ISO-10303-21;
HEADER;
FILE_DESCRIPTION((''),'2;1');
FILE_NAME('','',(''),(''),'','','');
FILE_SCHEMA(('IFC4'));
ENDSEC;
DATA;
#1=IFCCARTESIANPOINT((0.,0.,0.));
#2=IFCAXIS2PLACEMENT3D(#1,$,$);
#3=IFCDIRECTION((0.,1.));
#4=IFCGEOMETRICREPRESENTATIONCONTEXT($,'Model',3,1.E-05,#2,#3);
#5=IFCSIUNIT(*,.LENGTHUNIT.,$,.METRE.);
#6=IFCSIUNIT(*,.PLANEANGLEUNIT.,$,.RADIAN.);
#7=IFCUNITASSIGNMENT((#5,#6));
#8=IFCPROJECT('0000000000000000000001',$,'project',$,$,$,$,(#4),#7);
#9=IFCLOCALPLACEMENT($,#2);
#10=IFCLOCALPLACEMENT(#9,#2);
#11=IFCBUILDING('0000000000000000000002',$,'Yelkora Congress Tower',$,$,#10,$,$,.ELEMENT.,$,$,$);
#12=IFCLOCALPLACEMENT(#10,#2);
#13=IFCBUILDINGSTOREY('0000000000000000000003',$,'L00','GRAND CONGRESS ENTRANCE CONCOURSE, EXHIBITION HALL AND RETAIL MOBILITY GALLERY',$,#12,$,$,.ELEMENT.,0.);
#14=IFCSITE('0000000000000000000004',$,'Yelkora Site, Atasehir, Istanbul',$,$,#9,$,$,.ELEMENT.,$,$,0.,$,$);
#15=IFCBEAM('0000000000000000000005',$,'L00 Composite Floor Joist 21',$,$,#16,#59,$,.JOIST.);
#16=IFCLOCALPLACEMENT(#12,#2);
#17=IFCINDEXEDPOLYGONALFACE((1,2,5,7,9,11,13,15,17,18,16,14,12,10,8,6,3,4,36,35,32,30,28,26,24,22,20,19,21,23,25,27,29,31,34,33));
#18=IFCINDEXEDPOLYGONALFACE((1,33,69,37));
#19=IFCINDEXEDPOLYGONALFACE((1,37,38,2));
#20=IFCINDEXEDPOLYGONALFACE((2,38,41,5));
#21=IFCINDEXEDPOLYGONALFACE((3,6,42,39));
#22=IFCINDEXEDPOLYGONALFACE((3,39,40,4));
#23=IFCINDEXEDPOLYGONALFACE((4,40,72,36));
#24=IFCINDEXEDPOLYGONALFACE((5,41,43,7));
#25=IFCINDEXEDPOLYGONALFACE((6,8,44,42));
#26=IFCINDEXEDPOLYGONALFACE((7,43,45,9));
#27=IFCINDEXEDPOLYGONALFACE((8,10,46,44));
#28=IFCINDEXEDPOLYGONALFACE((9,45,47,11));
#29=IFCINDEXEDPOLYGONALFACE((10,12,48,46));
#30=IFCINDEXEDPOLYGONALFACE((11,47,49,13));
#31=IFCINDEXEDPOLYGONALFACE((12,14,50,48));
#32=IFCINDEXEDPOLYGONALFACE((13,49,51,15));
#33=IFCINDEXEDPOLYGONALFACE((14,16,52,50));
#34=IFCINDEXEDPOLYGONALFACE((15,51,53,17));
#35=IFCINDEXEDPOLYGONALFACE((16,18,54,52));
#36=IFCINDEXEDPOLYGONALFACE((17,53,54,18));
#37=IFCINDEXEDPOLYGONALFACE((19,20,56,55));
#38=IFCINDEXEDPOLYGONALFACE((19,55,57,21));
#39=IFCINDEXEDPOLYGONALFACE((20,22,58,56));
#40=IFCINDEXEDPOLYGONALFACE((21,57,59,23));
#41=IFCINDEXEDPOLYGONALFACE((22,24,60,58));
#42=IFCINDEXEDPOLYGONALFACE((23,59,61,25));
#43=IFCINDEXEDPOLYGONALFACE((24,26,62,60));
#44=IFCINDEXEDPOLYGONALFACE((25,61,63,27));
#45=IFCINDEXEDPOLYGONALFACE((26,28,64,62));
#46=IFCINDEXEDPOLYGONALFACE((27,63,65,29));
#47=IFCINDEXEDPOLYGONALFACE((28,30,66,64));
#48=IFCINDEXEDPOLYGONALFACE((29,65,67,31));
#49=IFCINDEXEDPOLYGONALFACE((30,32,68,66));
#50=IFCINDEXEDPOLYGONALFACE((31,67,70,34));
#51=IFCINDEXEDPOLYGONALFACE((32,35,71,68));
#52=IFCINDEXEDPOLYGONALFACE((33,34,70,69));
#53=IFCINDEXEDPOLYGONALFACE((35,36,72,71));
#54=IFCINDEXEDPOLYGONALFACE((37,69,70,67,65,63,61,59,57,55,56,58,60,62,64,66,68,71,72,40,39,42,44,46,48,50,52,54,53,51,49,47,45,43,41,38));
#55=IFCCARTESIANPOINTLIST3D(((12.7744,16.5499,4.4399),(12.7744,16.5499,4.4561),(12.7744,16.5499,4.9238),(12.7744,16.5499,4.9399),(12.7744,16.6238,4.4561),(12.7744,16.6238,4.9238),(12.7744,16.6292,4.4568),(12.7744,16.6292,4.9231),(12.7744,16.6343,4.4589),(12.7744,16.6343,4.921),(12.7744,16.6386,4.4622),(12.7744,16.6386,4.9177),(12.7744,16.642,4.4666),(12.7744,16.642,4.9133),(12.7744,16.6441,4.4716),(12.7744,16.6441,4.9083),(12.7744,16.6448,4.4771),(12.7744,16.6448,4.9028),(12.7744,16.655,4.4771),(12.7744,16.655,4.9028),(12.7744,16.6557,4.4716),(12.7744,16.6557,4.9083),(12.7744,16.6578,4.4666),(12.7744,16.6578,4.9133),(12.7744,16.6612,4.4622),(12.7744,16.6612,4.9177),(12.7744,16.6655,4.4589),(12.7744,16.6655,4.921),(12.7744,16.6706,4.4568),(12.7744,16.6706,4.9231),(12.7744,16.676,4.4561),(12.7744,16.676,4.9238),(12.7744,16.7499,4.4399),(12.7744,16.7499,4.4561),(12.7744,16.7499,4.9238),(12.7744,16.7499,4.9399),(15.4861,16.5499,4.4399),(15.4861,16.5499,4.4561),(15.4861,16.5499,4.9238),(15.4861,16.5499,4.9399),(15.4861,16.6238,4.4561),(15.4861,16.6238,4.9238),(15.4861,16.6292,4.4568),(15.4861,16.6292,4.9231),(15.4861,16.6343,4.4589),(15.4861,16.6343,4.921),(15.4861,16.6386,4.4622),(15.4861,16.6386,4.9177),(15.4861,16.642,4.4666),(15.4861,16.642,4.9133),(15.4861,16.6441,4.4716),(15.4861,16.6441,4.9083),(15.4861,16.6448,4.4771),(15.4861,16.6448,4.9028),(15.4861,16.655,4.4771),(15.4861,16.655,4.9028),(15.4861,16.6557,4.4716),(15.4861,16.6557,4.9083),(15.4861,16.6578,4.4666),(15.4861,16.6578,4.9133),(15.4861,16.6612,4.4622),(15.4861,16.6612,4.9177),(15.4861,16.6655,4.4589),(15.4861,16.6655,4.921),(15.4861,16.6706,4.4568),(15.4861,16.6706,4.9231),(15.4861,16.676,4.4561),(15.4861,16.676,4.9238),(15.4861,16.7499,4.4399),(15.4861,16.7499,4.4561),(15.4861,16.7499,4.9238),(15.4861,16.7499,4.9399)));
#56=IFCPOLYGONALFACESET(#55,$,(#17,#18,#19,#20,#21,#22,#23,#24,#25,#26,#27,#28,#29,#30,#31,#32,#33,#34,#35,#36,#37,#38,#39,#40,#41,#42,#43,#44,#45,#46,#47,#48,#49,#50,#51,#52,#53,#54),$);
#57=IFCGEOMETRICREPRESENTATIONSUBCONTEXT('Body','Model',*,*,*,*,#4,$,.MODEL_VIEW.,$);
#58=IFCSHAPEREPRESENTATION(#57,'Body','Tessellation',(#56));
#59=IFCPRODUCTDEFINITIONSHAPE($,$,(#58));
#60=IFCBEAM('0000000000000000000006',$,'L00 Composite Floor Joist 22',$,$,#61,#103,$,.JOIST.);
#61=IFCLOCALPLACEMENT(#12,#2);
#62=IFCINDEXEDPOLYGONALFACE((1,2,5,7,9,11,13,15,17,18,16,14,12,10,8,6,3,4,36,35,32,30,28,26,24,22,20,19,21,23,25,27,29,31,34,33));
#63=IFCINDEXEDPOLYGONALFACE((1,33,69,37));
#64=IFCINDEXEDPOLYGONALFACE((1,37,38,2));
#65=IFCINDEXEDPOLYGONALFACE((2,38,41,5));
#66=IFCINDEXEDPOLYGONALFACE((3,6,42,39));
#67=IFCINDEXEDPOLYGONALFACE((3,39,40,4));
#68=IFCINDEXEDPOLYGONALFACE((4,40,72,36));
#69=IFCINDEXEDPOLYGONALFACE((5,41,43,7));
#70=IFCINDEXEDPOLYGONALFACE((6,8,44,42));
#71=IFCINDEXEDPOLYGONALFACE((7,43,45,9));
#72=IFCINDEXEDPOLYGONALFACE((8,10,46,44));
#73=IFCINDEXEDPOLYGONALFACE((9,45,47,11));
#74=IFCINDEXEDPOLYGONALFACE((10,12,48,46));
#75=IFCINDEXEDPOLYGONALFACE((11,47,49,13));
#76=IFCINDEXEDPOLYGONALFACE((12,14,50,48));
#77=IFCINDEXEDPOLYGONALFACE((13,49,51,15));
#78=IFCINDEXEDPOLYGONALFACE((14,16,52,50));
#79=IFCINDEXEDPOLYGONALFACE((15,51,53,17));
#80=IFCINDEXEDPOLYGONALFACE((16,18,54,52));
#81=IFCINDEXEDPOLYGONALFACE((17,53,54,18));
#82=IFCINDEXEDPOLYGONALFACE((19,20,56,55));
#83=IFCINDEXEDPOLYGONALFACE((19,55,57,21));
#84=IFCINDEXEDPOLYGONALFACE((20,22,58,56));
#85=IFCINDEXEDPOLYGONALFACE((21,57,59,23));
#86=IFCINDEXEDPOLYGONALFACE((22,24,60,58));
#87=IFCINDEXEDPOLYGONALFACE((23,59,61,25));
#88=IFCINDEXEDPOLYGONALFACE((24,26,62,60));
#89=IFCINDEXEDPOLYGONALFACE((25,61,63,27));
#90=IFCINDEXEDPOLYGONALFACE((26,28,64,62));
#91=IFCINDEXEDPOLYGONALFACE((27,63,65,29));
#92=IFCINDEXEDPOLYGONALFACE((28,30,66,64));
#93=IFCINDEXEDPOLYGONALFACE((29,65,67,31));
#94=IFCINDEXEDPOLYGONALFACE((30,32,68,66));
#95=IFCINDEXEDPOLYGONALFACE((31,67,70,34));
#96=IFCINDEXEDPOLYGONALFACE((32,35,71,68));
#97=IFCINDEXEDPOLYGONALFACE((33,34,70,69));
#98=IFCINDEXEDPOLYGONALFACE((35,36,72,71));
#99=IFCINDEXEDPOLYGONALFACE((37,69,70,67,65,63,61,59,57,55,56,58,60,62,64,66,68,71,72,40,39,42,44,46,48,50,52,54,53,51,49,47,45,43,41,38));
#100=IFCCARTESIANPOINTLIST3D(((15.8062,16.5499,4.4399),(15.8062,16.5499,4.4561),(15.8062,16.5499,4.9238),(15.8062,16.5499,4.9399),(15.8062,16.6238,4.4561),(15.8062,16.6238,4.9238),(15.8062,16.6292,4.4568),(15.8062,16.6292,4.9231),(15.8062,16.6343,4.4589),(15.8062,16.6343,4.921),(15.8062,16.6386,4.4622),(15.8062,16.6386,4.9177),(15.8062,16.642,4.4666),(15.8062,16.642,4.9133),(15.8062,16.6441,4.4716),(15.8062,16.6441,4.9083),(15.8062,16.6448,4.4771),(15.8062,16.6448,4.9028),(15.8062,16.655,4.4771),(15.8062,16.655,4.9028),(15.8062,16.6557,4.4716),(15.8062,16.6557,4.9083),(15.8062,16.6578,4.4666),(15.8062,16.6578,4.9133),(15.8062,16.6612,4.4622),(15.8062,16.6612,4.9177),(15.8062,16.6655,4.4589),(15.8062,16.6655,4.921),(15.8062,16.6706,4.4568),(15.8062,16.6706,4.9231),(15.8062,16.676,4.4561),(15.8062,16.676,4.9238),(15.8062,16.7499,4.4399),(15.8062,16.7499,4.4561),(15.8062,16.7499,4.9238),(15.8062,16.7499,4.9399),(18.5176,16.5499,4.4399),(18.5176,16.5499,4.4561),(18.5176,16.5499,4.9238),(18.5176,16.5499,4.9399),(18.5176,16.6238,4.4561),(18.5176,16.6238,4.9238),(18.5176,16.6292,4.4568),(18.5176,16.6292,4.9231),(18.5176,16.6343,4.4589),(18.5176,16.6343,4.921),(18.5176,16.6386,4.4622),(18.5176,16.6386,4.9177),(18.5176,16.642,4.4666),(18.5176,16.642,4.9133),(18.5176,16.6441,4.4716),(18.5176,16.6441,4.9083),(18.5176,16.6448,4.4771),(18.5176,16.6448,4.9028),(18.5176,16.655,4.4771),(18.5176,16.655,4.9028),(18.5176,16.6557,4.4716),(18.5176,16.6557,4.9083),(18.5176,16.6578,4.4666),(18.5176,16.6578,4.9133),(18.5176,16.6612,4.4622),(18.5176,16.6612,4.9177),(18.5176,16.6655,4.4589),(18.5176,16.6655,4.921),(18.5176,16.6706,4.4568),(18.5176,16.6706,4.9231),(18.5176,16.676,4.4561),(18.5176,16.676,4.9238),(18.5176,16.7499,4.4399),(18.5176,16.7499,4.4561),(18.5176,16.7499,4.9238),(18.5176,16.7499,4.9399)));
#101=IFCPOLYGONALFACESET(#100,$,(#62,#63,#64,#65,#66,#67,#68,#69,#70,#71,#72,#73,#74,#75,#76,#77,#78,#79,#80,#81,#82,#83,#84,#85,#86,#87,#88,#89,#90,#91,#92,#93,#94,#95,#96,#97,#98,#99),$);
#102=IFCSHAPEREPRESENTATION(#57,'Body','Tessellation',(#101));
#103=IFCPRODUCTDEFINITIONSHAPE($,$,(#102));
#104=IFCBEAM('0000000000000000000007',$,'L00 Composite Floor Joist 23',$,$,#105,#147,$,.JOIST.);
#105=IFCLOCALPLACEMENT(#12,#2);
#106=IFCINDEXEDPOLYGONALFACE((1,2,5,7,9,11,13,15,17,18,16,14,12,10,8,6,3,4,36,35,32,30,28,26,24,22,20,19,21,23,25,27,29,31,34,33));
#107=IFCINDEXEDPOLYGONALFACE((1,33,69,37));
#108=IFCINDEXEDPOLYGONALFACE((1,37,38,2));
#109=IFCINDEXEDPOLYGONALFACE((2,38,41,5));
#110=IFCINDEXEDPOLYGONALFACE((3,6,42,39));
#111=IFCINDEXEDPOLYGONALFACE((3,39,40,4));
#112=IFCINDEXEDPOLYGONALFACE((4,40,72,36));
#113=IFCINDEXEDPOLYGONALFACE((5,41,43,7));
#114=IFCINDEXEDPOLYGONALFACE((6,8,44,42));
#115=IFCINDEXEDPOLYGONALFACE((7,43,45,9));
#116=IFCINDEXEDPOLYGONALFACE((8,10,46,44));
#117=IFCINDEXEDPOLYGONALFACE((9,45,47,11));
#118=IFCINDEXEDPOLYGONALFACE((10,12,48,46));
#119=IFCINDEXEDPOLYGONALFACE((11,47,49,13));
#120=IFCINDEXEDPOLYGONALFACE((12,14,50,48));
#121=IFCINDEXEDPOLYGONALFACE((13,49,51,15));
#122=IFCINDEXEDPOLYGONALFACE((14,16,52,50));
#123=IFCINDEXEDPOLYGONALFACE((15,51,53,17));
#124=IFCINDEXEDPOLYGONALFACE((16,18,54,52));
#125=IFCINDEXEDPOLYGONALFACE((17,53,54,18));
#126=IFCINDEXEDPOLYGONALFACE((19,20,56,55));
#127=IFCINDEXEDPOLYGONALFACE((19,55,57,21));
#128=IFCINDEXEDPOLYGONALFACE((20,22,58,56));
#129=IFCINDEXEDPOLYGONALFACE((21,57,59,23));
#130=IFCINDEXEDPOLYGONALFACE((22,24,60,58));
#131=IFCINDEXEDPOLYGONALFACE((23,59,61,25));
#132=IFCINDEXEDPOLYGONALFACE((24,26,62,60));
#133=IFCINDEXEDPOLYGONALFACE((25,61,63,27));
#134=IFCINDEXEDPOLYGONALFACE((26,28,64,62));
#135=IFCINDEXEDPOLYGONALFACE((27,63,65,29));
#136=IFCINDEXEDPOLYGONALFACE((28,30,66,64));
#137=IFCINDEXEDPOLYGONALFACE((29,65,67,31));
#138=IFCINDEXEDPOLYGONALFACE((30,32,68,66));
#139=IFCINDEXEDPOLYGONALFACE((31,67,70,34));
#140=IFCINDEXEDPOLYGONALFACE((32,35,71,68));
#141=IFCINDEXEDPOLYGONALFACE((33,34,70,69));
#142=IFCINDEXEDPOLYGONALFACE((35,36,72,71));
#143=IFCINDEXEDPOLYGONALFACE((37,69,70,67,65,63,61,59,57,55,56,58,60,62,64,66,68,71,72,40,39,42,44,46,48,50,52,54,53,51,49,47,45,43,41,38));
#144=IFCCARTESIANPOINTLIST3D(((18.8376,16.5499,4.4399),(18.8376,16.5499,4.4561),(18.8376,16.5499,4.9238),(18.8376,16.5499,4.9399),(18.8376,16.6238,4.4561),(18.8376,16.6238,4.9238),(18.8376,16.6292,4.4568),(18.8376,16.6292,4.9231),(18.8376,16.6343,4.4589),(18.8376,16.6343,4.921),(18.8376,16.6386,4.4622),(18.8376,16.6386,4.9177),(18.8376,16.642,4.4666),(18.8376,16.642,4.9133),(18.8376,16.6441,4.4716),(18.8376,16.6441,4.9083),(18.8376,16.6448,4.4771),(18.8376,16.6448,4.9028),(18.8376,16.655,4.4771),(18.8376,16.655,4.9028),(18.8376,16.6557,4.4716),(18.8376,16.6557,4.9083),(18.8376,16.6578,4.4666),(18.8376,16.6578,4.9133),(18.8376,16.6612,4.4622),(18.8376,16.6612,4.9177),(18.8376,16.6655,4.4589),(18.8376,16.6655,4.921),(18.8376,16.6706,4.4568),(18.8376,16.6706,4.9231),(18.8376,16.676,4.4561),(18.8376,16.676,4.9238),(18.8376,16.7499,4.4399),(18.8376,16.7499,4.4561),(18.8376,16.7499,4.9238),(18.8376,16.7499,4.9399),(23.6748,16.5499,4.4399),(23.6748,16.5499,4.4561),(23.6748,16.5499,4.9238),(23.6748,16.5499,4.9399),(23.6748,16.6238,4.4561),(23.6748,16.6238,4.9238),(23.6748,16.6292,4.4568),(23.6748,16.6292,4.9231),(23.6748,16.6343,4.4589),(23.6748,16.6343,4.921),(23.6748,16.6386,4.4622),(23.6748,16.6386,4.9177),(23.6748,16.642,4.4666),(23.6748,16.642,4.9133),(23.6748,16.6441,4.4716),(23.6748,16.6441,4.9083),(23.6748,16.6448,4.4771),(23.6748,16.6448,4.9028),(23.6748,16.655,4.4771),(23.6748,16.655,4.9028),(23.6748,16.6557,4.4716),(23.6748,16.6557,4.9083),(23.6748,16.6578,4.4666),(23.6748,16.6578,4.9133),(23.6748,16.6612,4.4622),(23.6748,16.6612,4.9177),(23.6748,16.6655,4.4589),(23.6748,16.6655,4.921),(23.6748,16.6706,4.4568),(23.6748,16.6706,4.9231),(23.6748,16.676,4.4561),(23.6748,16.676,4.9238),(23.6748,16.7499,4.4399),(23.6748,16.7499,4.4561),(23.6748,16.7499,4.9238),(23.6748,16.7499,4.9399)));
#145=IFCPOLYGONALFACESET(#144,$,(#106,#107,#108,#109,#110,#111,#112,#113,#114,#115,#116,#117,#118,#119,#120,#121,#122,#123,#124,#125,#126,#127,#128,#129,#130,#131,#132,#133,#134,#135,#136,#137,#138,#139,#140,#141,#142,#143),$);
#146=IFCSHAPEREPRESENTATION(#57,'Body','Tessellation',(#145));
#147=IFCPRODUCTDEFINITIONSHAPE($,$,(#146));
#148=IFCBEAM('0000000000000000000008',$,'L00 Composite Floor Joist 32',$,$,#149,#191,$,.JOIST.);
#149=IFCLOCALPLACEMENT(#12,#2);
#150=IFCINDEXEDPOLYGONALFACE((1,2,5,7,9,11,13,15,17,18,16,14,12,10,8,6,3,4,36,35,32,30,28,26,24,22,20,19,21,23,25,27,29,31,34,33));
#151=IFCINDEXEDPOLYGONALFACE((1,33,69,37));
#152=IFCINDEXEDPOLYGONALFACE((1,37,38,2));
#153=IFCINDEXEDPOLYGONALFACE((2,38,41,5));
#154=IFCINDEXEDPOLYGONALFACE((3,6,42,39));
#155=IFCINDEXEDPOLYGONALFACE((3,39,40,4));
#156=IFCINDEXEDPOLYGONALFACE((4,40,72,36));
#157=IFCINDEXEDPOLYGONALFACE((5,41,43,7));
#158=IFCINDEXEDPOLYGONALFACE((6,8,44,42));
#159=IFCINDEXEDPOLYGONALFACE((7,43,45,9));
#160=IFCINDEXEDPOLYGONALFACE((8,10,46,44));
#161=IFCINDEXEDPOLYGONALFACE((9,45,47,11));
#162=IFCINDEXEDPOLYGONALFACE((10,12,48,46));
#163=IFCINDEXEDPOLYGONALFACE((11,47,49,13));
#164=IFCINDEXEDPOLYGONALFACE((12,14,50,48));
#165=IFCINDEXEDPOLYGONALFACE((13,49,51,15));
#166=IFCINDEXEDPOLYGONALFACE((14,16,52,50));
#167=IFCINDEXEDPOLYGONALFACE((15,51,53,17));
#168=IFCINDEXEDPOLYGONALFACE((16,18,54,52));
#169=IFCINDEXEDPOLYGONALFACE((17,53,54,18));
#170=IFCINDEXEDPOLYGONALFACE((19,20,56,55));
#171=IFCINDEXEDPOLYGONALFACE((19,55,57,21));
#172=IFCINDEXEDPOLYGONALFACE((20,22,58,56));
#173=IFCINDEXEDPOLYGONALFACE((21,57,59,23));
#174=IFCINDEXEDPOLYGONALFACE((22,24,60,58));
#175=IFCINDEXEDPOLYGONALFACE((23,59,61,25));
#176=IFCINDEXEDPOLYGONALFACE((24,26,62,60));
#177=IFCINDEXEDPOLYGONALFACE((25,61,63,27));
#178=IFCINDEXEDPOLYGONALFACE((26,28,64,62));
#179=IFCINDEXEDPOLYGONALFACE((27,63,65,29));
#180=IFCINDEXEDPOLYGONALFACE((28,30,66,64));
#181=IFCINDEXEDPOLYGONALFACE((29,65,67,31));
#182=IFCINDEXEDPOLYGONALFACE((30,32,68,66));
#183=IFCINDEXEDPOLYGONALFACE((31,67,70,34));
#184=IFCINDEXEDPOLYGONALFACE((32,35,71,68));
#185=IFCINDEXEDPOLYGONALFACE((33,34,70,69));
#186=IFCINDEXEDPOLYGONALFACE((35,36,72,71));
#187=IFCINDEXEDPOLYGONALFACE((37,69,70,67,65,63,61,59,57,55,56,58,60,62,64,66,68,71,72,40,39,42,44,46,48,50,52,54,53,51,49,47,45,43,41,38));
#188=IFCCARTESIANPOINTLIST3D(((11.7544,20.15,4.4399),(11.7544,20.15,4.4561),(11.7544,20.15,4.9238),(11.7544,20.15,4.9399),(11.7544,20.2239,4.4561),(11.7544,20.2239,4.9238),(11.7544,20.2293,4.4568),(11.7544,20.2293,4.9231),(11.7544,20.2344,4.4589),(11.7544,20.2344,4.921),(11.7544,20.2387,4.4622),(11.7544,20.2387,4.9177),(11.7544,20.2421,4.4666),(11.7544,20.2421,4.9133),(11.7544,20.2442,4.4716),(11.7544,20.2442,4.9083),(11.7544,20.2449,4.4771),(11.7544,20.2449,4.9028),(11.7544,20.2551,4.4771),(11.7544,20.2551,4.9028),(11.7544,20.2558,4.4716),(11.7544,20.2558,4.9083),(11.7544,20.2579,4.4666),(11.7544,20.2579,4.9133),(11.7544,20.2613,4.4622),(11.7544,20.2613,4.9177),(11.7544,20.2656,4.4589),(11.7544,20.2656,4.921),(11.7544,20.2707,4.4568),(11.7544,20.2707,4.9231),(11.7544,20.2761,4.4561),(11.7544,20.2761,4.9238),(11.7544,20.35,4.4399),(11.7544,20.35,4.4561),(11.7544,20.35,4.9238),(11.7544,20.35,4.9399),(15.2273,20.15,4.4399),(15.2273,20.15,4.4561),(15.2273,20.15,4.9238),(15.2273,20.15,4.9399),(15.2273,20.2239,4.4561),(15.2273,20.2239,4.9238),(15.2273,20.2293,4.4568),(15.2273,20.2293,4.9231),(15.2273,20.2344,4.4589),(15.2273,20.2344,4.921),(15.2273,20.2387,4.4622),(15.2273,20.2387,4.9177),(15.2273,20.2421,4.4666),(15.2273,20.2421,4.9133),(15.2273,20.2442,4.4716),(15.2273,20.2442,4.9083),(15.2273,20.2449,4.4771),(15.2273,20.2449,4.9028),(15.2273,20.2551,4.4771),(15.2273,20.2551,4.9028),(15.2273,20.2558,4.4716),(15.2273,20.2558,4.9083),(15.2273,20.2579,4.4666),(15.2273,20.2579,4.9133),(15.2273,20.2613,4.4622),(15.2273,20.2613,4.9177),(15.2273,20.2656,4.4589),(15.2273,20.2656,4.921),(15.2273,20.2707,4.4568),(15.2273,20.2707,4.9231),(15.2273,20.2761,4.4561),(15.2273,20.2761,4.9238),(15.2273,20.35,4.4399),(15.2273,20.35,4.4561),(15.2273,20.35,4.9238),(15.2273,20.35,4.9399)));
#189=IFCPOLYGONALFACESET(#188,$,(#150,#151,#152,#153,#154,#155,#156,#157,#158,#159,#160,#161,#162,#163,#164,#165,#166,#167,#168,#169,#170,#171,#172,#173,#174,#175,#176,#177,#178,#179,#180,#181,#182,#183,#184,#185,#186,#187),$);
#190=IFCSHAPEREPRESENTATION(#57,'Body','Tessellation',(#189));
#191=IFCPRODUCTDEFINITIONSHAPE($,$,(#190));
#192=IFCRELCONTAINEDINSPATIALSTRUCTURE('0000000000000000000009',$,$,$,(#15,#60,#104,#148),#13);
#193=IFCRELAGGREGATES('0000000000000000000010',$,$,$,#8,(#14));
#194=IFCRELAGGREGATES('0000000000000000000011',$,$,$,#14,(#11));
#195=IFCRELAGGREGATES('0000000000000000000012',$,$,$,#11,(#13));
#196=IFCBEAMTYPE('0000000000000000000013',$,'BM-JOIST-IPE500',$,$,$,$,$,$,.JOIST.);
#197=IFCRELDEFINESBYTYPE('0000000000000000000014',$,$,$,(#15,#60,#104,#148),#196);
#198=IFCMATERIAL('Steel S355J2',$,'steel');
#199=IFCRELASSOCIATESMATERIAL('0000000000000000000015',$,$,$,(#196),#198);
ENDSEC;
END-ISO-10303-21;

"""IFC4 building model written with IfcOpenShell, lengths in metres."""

from ifc_helpers import new_model, si_unit, direction, frame, origin, origin_2d, place, context, subcontext, project, spatial, i_section, extrude, material, material_profile, profile_set, type_object, element, save


model = new_model("IFC4")

# Units and contexts
model_context = context("Model", 3, precision=1e-05, world=origin(), true_north=direction((0.0, 1.0)))
body_context = subcontext(model_context, "Body", "Model", "MODEL_VIEW")
ifc_project = project(units=[si_unit("LENGTHUNIT", "METRE"), si_unit("PLANEANGLEUNIT", "RADIAN")], contexts=[model_context])

# Site, building, storey
site_placement = place(None, origin())
site = spatial("IfcSite", under=ifc_project, at=site_placement, Name="Yelkora Site, Atasehir, Istanbul", CompositionType="ELEMENT", RefElevation=0.0)
building_placement = place(site_placement, origin())
building = spatial("IfcBuilding", under=site, at=building_placement, Name="Yelkora Congress Tower", CompositionType="ELEMENT")
storey_placement = place(building_placement, origin())
storey = spatial("IfcBuildingStorey", under=building, at=storey_placement, Name="L00", Description="GRAND CONGRESS ENTRANCE CONCOURSE, EXHIBITION HALL AND RETAIL MOBILITY GALLERY", CompositionType="ELEMENT", Elevation=0.0)

# Beams
ifc_material_1 = material(Name="Steel S355J2", Category="steel")
ifc_material_profile_1 = material_profile(ifc_material_1, i_section(OverallWidth=0.2, OverallDepth=0.5, WebThickness=0.0103, FlangeThickness=0.0161, FilletRadius=0.021, at=origin_2d()), Name="IPE 500")
ifc_profile_set_1 = profile_set([ifc_material_profile_1], Name="Steel S355J2")
beam_type_1 = type_object("IfcBeamType", Name="BM-JOIST-IPE500", PredefinedType="JOIST", material=ifc_profile_set_1)
beam_1_placement = place(storey_placement, frame((12.7744, 16.6499, 4.6899), z_axis=(1.0, 0.0, 0.0), x_axis=(0.0, 1.0, 0.0)))
element("IfcBeam", 1, at=beam_1_placement, inside=storey, type_object=beam_type_1, Name="L00 Composite Floor Joist 21", PredefinedType="JOIST", context=body_context, shape_type="SweptSolid", body=[
    extrude(i_section(OverallWidth=0.2, OverallDepth=0.5, WebThickness=0.0103, FlangeThickness=0.0161, FilletRadius=0.021, at=origin_2d()), origin(), (0.0, 0.0, 1.0), 2.7117),
])
beam_2_placement = place(storey_placement, frame((15.8062, 16.6499, 4.6899), z_axis=(1.0, 0.0, 0.0), x_axis=(0.0, 1.0, 0.0)))
element("IfcBeam", 2, at=beam_2_placement, inside=storey, type_object=beam_type_1, Name="L00 Composite Floor Joist 22", PredefinedType="JOIST", context=body_context, shape_type="SweptSolid", body=[
    extrude(i_section(OverallWidth=0.2, OverallDepth=0.5, WebThickness=0.0103, FlangeThickness=0.0161, FilletRadius=0.021, at=origin_2d()), origin(), (0.0, 0.0, 1.0), 2.7114),
])
beam_3_placement = place(storey_placement, frame((18.8376, 16.6499, 4.6899), z_axis=(1.0, 0.0, 0.0), x_axis=(0.0, 1.0, 0.0)))
element("IfcBeam", 3, at=beam_3_placement, inside=storey, type_object=beam_type_1, Name="L00 Composite Floor Joist 23", PredefinedType="JOIST", context=body_context, shape_type="SweptSolid", body=[
    extrude(i_section(OverallWidth=0.2, OverallDepth=0.5, WebThickness=0.0103, FlangeThickness=0.0161, FilletRadius=0.021, at=origin_2d()), origin(), (0.0, 0.0, 1.0), 4.8372),
])
beam_4_placement = place(storey_placement, frame((11.7544, 20.25, 4.6899), z_axis=(1.0, 0.0, 0.0), x_axis=(0.0, 1.0, 0.0)))
element("IfcBeam", 4, at=beam_4_placement, inside=storey, type_object=beam_type_1, Name="L00 Composite Floor Joist 32", PredefinedType="JOIST", context=body_context, shape_type="SweptSolid", body=[
    extrude(i_section(OverallWidth=0.2, OverallDepth=0.5, WebThickness=0.0103, FlangeThickness=0.0161, FilletRadius=0.021, at=origin_2d()), origin(), (0.0, 0.0, 1.0), 3.4729),
])

save(model, "model.ifc")
